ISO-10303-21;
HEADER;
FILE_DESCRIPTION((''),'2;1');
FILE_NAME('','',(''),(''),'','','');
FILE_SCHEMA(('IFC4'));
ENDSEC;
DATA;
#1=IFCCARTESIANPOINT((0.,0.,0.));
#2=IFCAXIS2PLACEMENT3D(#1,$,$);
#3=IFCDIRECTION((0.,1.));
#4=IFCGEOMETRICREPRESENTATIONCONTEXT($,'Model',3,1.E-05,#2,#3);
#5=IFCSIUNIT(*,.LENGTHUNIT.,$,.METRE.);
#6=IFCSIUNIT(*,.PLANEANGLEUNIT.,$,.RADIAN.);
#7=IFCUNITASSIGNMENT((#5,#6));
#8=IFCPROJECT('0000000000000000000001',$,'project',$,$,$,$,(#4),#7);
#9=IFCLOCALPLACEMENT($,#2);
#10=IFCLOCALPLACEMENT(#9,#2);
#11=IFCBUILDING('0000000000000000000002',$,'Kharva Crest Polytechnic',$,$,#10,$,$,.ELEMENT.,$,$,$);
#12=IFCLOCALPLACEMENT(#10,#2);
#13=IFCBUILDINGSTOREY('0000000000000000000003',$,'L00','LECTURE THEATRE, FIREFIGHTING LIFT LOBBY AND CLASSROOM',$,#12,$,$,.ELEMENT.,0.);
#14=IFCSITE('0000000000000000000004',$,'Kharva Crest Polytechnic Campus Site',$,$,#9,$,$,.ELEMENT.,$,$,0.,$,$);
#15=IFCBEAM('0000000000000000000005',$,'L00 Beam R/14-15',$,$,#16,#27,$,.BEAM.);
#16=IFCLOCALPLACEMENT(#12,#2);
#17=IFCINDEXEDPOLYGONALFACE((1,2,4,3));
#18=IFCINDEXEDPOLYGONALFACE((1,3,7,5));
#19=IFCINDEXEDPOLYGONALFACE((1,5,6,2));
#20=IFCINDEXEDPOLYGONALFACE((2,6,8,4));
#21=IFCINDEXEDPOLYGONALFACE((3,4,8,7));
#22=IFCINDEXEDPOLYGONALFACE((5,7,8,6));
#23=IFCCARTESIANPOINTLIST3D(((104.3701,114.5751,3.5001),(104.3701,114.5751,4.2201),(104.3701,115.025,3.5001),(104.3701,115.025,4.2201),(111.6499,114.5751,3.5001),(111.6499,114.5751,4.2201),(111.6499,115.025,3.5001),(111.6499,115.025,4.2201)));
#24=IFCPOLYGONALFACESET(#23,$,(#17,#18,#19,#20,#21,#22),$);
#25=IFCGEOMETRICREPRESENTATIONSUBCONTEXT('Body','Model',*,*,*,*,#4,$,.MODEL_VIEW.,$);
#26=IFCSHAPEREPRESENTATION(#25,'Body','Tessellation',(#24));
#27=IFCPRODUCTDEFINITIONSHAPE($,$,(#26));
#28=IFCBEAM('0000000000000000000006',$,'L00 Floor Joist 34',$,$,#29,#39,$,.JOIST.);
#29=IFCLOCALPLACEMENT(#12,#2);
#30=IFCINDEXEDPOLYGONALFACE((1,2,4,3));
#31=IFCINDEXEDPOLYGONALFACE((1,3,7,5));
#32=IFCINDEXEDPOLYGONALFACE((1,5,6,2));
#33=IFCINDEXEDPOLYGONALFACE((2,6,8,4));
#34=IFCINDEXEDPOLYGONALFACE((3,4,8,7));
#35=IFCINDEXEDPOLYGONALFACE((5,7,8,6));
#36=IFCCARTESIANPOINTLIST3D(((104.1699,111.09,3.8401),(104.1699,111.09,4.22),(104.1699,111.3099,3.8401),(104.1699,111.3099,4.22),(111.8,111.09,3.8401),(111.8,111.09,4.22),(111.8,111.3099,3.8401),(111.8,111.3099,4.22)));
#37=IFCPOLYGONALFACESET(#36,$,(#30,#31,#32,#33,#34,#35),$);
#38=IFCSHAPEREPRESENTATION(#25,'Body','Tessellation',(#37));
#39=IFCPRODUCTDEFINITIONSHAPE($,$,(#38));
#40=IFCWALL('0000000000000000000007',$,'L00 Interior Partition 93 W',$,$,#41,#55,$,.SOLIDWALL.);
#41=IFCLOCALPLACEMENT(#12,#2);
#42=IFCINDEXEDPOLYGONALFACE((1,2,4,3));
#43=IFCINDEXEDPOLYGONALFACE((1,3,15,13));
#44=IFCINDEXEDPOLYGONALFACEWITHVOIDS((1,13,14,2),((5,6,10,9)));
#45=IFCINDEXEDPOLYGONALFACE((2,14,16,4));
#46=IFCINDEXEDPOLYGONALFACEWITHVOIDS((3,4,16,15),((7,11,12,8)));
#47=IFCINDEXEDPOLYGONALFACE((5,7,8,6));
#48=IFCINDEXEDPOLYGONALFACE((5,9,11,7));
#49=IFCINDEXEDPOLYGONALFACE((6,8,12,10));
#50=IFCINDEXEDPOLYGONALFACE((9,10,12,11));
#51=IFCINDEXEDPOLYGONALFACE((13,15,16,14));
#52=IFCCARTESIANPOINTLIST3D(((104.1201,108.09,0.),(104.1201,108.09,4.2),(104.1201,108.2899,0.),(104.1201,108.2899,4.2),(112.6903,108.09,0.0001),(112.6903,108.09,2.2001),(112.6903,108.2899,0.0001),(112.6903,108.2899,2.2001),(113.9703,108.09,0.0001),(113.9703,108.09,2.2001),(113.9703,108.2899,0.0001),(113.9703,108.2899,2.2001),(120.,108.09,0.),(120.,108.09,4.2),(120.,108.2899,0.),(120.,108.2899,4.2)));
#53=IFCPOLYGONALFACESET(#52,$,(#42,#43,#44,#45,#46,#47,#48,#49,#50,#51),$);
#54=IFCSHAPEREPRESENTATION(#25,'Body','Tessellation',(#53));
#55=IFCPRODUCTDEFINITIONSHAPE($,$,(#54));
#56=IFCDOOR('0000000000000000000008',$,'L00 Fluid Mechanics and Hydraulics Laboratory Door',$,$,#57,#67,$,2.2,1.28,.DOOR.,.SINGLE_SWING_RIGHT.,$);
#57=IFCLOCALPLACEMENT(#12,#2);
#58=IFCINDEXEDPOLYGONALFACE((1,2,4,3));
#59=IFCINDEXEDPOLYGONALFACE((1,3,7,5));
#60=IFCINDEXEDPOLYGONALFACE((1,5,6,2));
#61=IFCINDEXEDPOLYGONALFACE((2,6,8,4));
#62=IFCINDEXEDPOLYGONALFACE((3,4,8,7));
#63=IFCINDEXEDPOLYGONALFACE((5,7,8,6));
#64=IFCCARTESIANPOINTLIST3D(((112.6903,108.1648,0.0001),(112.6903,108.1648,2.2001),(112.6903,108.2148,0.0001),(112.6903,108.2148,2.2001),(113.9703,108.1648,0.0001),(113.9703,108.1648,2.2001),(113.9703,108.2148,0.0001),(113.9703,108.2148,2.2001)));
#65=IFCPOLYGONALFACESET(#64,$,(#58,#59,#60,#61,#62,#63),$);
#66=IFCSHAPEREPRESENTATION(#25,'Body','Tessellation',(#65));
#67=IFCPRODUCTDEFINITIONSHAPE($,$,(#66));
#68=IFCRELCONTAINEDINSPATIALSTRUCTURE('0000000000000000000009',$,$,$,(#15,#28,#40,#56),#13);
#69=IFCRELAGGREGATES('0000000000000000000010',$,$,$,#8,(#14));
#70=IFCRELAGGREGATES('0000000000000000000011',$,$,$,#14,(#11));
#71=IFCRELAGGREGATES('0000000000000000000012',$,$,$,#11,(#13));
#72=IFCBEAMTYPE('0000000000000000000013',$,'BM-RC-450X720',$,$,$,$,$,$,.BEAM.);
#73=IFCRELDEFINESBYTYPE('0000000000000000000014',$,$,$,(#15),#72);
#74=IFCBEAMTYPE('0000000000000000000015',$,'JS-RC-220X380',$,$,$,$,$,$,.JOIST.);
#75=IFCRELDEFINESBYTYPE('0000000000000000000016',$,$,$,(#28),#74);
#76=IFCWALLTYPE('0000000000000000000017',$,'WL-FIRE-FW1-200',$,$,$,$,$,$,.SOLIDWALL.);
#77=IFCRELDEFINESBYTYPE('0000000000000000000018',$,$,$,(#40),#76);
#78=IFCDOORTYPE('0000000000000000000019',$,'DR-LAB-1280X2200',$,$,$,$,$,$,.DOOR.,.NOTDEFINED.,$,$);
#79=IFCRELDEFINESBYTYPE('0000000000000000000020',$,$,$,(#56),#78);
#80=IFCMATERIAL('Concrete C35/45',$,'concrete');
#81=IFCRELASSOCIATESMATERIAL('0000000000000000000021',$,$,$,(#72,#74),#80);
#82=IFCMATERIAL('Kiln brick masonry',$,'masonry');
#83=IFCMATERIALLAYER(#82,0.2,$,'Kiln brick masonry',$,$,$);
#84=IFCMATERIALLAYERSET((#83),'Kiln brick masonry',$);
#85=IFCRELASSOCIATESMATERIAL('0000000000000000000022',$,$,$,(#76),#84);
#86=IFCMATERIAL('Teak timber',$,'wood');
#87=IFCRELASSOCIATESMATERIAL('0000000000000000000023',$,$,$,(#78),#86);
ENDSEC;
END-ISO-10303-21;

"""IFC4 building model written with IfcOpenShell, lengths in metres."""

from ifc_helpers import new_model, si_unit, direction, frame, frame_2d, origin, origin_2d, place, context, subcontext, project, spatial, rectangle, extrude, material, layer, layer_set, material_profile, profile_set, type_object, element, fill, save


model = new_model("IFC4")

# Units and contexts
model_context = context("Model", 3, precision=1e-05, world=origin(), true_north=direction((0.0, 1.0)))
body_context = subcontext(model_context, "Body", "Model", "MODEL_VIEW")
ifc_project = project(units=[si_unit("LENGTHUNIT", "METRE"), si_unit("PLANEANGLEUNIT", "RADIAN")], contexts=[model_context])

# Site, building, storey
site_placement = place(None, origin())
site = spatial("IfcSite", under=ifc_project, at=site_placement, Name="Kharva Crest Polytechnic Campus Site", CompositionType="ELEMENT", RefElevation=0.0)
building_placement = place(site_placement, origin())
building = spatial("IfcBuilding", under=site, at=building_placement, Name="Kharva Crest Polytechnic", CompositionType="ELEMENT")
storey_placement = place(building_placement, origin())
storey = spatial("IfcBuildingStorey", under=building, at=storey_placement, Name="L00", Description="LECTURE THEATRE, FIREFIGHTING LIFT LOBBY AND CLASSROOM", CompositionType="ELEMENT", Elevation=0.0)

# Shared definitions
ifc_material_1 = material(Name="Concrete C35/45", Category="concrete")

# Beams
ifc_material_profile_1 = material_profile(ifc_material_1, rectangle(XDim=0.45, YDim=0.72, at=origin_2d()), Name="RECT 450 X 720")
ifc_profile_set_1 = profile_set([ifc_material_profile_1], Name="Concrete C35/45")
beam_type_1 = type_object("IfcBeamType", Name="BM-RC-450X720", PredefinedType="BEAM", material=ifc_profile_set_1)
beam_1_placement = place(storey_placement, frame((104.3701, 114.8, 3.8601), z_axis=(1.0, 0.0, 0.0), x_axis=(0.0, 1.0, 0.0)))
element("IfcBeam", 1, at=beam_1_placement, inside=storey, type_object=beam_type_1, Name="L00 Beam R/14-15", PredefinedType="BEAM", context=body_context, shape_type="SweptSolid", body=[
    extrude(rectangle(XDim=0.45, YDim=0.72, at=origin_2d()), origin(), (0.0, 0.0, 1.0), 7.2798),
])
ifc_material_profile_2 = material_profile(ifc_material_1, rectangle(XDim=0.22, YDim=0.3799, at=origin_2d()), Name="RECT 220 X 380")
ifc_profile_set_2 = profile_set([ifc_material_profile_2], Name="Concrete C35/45")
beam_type_2 = type_object("IfcBeamType", Name="JS-RC-220X380", PredefinedType="JOIST", material=ifc_profile_set_2)
beam_2_placement = place(storey_placement, frame((104.1699, 111.2, 4.03), z_axis=(1.0, 0.0, 0.0), x_axis=(0.0, 1.0, 0.0)))
element("IfcBeam", 2, at=beam_2_placement, inside=storey, type_object=beam_type_2, Name="L00 Floor Joist 34", PredefinedType="JOIST", context=body_context, shape_type="SweptSolid", body=[
    extrude(rectangle(XDim=0.22, YDim=0.3799, at=origin_2d()), origin(), (0.0, 0.0, 1.0), 7.6301),
])

# Wall, opening, door
ifc_material_2 = material(Name="Kiln brick masonry", Category="masonry")
ifc_layer = layer(ifc_material_2, 0.2, Name="Kiln brick masonry")
ifc_layer_set = layer_set([ifc_layer], Name="Kiln brick masonry")
wall_type = type_object("IfcWallType", Name="WL-FIRE-FW1-200", PredefinedType="SOLIDWALL", material=ifc_layer_set)
wall_placement = place(storey_placement, frame((104.1201, 108.1899, 0.0), z_axis=(0.0, 0.0, 1.0), x_axis=(1.0, 0.0, 0.0)))
wall = element("IfcWall", 3, at=wall_placement, inside=storey, type_object=wall_type, Name="L00 Interior Partition 93 W", PredefinedType="SOLIDWALL", context=body_context, shape_type="SweptSolid", body=[
    extrude(rectangle(XDim=15.8799, YDim=0.2, at=frame_2d((7.9399, 0.0))), origin(), (0.0, 0.0, 1.0), 4.2),
])
opening_placement = place(wall_placement, frame((8.5701, 0.0, 0.0)))
opening = element("IfcOpeningElement", 4, at=opening_placement, cuts=wall, PredefinedType="OPENING", context=body_context, shape_type="SweptSolid", body=[
    extrude(rectangle(XDim=1.28, YDim=2.2, at=frame_2d((0.6401, 1.1001))), frame((0.0, 0.1099, 0.0), z_axis=(0.0, -1.0, 0.0), x_axis=(1.0, 0.0, 0.0)), (0.0, 0.0, 1.0), 0.22),
])
ifc_material_3 = material(Name="Teak timber", Category="wood")
door_type = type_object("IfcDoorType", Name="DR-LAB-1280X2200", OperationType="NOTDEFINED", PredefinedType="DOOR", material=ifc_material_3)
door_placement = place(opening_placement, origin())
door = element("IfcDoor", 5, at=door_placement, inside=storey, type_object=door_type, Name="L00 Fluid Mechanics and Hydraulics Laboratory Door", OperationType="SINGLE_SWING_RIGHT", OverallHeight=2.2, OverallWidth=1.28, PredefinedType="DOOR", context=body_context, shape_type="SweptSolid", body=[
    extrude(rectangle(XDim=1.28, YDim=2.2, at=frame_2d((0.6401, 1.1001))), frame((0.0, 0.0249, 0.0), z_axis=(0.0, -1.0, 0.0), x_axis=(1.0, 0.0, 0.0)), (0.0, 0.0, 1.0), 0.05),
])
fill(opening, door)

save(model, "model.ifc")
